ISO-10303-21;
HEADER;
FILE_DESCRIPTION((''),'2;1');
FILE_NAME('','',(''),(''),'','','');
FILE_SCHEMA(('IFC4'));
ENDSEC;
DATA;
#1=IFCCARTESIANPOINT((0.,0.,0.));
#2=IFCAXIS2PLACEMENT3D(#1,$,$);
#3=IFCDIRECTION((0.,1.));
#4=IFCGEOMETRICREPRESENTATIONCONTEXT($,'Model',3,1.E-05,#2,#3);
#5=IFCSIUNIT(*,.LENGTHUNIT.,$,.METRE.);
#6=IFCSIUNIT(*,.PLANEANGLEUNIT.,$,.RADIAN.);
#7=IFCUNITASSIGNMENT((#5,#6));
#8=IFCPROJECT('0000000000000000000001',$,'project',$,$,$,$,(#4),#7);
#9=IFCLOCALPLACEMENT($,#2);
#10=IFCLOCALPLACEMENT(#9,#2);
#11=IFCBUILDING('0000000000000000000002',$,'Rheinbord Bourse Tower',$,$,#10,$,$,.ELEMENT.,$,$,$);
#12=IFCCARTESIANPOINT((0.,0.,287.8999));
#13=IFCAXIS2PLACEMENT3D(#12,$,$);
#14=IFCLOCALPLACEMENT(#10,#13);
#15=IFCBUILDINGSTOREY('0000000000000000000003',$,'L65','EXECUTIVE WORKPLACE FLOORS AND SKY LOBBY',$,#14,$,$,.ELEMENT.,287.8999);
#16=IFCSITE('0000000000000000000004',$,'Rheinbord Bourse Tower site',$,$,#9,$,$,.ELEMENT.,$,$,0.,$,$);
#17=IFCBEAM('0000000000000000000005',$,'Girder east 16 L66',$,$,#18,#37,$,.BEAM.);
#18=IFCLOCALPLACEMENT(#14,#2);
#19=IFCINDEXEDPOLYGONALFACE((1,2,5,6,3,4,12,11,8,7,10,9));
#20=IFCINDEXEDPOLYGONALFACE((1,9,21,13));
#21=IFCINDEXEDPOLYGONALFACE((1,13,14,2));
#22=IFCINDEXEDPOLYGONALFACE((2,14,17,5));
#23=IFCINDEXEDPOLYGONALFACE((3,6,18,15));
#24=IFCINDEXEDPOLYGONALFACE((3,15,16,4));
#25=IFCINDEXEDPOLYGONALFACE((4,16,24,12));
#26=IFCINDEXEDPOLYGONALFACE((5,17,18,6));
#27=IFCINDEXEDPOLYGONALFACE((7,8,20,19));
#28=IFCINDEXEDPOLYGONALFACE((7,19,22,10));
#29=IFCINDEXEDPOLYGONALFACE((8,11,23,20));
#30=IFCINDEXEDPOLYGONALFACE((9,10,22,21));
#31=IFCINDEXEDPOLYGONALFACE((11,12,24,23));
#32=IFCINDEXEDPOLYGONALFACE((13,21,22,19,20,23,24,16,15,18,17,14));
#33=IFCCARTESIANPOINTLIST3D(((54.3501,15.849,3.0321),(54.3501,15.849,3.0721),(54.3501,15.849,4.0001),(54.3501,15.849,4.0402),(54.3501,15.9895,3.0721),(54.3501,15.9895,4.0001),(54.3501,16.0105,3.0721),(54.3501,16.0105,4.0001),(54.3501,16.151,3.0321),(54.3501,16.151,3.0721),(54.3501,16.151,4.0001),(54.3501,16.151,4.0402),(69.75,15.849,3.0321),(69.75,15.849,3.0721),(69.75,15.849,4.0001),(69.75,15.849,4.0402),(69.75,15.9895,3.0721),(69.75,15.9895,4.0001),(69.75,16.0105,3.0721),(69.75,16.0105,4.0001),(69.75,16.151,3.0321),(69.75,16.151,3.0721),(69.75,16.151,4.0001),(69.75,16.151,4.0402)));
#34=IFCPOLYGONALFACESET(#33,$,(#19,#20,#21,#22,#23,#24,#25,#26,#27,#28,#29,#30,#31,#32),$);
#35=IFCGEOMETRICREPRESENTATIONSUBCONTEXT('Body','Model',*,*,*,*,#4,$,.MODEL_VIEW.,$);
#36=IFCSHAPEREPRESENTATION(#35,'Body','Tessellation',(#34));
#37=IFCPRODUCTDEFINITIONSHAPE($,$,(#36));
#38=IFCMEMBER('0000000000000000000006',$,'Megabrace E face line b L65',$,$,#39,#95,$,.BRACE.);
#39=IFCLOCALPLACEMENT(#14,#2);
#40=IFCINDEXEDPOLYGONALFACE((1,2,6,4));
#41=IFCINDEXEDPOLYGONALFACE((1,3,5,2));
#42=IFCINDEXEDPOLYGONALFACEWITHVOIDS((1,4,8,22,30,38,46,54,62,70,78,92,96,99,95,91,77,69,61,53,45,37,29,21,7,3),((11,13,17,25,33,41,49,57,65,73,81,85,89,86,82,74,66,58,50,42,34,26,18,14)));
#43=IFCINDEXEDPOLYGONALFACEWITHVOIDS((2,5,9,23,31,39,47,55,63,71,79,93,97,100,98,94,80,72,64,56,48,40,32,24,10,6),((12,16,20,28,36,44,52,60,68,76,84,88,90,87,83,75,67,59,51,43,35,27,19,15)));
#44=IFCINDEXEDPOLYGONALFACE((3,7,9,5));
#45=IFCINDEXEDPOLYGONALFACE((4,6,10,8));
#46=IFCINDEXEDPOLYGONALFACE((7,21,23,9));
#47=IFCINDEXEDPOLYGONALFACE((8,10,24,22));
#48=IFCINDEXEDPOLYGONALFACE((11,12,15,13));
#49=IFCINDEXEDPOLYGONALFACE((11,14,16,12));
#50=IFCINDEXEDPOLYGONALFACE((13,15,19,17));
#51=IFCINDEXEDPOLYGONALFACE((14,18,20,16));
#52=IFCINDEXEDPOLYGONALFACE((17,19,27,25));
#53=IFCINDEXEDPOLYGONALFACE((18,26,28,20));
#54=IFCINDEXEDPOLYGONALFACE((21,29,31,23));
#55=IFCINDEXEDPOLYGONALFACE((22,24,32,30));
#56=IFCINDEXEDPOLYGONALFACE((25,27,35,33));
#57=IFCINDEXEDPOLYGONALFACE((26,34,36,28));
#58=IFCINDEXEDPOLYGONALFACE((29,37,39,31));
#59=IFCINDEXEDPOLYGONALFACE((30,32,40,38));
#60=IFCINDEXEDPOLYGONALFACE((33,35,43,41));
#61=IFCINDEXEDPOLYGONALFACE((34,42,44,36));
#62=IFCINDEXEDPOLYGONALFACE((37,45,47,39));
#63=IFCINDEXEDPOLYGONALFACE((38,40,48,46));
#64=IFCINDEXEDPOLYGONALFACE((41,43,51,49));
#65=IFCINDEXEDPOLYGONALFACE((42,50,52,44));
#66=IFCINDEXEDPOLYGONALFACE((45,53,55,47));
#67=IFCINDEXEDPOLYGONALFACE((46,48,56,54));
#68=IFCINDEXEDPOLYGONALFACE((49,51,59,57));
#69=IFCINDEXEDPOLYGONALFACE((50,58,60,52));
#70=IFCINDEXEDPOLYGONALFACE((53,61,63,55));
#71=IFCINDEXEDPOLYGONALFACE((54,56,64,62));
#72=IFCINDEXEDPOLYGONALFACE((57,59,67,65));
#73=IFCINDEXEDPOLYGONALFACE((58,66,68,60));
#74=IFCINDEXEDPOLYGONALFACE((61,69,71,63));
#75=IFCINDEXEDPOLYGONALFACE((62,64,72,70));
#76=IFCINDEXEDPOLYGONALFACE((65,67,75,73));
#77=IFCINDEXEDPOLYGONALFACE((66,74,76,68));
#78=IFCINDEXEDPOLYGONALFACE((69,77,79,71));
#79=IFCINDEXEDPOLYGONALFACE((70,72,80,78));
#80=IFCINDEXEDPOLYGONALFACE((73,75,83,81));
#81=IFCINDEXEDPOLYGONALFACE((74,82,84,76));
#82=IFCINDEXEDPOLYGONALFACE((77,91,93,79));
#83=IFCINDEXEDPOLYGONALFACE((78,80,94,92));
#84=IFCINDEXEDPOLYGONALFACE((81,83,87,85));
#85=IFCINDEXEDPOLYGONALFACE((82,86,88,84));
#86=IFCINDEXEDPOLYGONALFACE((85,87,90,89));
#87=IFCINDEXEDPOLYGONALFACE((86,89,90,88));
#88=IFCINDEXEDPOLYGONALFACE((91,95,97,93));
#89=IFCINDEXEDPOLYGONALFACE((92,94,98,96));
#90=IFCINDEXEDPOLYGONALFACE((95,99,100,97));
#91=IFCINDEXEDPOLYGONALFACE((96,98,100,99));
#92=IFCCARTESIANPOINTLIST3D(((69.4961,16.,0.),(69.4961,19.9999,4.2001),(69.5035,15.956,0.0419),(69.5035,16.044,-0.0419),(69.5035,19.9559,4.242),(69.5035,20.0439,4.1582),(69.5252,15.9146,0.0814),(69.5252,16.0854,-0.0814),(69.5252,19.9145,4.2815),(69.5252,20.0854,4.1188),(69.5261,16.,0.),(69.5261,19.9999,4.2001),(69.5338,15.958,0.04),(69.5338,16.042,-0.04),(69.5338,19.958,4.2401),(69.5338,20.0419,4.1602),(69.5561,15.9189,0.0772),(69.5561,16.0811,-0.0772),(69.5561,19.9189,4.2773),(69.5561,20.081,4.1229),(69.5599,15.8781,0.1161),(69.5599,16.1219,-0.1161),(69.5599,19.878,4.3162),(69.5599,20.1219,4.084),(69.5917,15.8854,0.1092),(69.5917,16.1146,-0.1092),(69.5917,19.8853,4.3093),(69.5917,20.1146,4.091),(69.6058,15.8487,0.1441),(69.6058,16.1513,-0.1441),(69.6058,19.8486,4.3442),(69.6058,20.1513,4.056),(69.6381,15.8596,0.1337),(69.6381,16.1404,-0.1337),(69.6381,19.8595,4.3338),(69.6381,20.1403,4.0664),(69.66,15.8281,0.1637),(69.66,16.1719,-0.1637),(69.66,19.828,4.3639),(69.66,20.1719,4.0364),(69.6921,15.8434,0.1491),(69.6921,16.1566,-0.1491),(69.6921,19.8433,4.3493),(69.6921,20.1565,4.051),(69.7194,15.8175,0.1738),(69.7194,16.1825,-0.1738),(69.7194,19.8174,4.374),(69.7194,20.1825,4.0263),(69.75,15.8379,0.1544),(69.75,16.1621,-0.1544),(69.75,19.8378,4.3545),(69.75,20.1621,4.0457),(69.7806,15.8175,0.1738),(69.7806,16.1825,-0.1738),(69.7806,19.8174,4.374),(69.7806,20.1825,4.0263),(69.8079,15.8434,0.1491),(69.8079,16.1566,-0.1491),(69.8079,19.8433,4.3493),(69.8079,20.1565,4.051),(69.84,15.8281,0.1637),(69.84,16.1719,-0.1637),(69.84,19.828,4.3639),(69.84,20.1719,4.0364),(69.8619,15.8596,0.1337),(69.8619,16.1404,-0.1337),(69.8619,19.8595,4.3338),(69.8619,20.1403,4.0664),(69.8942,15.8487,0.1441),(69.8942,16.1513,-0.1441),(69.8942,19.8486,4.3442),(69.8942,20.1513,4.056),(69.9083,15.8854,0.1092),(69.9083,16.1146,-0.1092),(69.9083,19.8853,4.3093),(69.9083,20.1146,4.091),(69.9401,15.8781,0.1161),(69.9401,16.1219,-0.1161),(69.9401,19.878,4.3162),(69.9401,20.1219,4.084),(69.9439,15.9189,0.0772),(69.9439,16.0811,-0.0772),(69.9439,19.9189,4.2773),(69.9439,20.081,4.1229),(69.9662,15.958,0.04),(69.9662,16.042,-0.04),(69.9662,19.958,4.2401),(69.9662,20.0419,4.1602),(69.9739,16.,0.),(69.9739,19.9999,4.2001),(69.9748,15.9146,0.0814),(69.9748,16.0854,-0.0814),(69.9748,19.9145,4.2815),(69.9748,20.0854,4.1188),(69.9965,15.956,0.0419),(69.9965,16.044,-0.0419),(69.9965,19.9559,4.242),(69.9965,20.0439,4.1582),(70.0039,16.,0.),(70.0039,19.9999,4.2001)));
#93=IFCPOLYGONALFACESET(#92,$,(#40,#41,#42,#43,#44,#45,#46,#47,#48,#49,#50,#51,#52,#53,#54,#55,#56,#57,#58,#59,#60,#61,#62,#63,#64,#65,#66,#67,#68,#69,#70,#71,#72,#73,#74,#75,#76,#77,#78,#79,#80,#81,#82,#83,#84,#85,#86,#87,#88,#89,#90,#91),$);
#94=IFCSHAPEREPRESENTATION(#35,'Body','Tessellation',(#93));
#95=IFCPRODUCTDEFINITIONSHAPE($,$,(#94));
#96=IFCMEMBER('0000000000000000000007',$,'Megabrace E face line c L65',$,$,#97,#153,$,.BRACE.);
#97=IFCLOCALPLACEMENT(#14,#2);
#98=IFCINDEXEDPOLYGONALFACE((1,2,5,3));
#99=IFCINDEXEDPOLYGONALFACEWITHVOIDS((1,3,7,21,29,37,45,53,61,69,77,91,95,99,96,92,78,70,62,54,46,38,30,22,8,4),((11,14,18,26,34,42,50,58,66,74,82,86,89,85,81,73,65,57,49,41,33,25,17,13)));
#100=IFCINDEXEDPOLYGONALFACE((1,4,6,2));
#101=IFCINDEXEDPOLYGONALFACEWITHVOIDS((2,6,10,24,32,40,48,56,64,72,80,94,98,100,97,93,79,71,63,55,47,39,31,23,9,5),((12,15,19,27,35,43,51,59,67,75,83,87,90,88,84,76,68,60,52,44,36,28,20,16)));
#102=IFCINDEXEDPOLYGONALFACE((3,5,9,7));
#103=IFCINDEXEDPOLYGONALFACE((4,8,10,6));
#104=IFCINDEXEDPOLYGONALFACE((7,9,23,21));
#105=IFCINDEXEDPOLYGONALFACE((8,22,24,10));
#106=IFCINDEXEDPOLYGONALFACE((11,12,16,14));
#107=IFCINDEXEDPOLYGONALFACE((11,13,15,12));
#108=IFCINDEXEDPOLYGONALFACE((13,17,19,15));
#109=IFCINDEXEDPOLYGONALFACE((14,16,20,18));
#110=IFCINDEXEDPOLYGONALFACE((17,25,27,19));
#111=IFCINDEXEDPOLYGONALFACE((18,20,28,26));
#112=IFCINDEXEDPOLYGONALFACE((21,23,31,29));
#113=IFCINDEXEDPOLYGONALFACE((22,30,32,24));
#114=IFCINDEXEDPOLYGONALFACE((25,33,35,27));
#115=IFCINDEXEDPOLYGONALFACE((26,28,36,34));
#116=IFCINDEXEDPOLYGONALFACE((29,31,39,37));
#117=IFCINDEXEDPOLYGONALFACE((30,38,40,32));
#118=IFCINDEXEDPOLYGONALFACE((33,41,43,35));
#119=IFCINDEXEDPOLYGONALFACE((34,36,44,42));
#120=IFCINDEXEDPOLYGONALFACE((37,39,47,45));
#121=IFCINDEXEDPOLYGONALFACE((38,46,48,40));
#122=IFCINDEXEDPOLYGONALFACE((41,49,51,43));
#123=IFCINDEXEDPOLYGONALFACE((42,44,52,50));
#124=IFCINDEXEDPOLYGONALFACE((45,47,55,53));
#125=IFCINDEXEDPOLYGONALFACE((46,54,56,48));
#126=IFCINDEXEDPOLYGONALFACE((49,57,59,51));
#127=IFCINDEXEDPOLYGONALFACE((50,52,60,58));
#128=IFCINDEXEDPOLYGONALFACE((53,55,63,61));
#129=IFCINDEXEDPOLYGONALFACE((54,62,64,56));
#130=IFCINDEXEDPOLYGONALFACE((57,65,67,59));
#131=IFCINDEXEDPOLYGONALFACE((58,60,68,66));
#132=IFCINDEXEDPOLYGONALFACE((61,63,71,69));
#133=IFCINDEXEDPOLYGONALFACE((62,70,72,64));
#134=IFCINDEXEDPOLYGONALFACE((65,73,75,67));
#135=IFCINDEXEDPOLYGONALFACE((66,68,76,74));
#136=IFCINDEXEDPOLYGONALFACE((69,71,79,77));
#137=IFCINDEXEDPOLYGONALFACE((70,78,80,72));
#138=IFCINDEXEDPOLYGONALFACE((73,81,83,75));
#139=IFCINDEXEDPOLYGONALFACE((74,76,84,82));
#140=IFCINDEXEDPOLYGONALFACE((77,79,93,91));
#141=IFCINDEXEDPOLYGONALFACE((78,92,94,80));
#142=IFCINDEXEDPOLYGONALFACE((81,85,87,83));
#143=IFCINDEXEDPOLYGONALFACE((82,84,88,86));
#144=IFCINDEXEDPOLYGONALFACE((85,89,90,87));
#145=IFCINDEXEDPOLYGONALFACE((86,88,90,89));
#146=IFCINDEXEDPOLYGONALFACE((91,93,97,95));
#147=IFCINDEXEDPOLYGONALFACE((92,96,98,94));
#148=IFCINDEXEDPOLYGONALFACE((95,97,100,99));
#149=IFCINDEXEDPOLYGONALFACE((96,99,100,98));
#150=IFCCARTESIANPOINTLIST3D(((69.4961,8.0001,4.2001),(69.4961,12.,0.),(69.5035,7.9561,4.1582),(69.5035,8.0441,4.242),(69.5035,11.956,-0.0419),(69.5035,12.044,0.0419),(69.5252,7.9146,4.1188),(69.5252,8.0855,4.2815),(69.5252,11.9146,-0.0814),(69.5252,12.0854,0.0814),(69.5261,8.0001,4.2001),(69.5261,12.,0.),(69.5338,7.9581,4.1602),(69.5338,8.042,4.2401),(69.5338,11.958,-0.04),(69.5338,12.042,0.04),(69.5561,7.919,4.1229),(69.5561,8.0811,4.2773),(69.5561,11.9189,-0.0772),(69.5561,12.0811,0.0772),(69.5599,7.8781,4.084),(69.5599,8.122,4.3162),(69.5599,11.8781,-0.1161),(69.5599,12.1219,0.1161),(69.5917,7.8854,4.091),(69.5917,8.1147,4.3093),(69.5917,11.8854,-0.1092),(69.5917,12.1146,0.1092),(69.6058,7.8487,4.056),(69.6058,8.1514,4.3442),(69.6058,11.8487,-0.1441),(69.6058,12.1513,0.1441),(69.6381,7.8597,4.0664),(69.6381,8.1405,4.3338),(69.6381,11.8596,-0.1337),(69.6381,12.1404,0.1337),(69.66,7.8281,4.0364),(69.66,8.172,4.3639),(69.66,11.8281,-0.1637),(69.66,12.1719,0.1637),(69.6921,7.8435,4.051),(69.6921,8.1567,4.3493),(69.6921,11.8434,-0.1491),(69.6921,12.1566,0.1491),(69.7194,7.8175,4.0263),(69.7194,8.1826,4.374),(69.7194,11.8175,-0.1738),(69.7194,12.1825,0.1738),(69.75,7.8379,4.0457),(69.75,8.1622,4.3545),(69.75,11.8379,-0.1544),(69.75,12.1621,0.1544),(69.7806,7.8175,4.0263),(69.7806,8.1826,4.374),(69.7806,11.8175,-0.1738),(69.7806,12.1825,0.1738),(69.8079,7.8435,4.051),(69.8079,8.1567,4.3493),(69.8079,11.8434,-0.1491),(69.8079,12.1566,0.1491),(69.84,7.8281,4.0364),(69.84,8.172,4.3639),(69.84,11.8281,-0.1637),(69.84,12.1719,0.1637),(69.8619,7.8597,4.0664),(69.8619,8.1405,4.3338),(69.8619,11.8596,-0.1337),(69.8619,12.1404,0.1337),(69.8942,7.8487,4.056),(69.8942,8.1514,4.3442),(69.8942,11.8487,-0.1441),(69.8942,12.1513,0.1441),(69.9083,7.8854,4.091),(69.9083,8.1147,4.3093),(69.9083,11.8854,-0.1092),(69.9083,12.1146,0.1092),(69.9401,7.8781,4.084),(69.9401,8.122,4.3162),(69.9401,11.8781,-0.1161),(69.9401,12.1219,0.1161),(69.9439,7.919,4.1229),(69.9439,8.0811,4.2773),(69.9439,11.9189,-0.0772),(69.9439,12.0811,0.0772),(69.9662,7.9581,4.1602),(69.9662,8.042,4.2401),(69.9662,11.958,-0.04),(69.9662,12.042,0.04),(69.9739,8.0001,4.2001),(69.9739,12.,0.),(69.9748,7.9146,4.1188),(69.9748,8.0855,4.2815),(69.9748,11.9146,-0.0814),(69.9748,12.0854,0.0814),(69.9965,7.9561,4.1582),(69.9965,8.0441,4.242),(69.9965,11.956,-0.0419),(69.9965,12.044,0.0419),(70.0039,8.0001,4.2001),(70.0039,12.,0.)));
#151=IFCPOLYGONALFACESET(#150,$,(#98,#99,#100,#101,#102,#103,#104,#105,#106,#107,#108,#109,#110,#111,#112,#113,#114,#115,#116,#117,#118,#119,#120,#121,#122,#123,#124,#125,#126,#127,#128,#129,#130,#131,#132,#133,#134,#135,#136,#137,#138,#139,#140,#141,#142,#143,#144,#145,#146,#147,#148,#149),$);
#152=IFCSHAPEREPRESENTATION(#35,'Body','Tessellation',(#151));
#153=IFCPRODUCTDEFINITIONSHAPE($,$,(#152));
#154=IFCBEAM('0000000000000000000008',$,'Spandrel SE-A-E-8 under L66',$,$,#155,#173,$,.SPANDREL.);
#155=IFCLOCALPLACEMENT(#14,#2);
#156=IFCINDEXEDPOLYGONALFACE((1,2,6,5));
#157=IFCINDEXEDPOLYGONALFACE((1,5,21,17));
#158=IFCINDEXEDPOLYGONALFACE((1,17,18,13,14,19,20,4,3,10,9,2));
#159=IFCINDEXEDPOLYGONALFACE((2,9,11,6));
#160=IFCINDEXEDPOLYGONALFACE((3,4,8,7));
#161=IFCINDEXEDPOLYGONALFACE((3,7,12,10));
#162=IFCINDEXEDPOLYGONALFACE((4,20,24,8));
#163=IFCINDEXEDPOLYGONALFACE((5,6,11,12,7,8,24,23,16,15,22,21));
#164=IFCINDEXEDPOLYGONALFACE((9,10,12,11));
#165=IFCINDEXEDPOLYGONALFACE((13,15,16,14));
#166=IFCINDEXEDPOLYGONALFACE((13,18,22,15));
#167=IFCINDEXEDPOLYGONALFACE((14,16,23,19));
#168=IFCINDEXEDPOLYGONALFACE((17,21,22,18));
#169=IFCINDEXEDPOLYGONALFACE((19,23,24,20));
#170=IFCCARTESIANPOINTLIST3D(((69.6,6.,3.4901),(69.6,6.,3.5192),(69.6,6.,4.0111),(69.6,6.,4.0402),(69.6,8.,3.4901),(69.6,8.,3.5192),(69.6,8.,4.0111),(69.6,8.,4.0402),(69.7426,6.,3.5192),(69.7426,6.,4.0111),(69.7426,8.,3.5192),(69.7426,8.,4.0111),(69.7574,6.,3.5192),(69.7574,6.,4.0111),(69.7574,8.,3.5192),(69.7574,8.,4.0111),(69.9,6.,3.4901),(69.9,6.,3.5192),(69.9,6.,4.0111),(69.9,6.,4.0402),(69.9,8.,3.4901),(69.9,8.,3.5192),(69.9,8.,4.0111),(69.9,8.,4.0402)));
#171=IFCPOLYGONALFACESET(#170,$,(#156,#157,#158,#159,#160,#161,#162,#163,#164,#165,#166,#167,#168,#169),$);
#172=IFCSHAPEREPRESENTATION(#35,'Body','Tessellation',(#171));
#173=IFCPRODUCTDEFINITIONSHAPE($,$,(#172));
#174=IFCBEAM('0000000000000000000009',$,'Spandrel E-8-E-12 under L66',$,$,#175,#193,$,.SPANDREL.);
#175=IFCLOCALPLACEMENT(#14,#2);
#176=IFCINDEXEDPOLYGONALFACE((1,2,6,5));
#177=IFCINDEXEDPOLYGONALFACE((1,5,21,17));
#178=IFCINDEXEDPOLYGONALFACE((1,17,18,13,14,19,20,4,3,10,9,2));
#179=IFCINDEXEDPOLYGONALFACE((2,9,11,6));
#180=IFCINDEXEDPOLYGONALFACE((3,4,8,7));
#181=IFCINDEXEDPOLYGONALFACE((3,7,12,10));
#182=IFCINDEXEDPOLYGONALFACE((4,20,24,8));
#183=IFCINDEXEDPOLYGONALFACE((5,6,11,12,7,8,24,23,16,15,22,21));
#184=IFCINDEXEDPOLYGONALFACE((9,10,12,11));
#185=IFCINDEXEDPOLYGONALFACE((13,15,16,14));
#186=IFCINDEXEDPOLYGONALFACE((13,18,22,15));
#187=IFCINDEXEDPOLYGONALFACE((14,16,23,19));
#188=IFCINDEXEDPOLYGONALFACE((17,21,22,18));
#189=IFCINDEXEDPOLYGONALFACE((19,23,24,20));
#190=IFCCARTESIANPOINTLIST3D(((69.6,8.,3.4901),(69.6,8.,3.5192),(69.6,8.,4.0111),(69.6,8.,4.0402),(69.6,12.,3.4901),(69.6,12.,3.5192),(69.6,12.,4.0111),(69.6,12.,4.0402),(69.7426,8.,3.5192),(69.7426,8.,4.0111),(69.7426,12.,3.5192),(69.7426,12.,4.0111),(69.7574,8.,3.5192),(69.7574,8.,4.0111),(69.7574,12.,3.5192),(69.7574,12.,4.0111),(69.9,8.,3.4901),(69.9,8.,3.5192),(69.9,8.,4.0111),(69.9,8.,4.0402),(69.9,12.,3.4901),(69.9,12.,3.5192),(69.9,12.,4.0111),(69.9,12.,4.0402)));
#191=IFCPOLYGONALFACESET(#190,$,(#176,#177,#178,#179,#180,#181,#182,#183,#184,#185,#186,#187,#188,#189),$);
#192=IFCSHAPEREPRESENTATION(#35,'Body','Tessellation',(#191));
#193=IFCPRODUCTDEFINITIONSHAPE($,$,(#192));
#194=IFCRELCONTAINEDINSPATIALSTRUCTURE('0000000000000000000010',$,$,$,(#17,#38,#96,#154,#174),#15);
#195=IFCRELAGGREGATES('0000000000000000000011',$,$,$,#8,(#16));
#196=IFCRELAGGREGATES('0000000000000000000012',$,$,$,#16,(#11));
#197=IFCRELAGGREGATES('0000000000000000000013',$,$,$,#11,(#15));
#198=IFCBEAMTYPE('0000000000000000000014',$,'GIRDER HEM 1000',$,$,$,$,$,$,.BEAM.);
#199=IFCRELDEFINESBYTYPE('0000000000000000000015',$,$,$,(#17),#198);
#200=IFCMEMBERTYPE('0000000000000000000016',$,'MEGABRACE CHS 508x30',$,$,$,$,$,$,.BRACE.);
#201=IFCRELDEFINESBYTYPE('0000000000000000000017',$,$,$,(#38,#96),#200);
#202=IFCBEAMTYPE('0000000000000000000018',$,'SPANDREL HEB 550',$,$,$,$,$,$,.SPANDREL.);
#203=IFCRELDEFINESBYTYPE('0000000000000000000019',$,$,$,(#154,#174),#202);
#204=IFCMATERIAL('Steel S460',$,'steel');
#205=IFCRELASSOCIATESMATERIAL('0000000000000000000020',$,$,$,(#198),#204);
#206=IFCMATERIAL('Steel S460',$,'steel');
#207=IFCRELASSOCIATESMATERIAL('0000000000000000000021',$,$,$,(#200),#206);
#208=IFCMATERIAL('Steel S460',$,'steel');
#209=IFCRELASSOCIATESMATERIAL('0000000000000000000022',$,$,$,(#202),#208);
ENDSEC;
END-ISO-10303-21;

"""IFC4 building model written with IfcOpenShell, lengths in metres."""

from ifc_helpers import new_model, si_unit, direction, frame, origin, origin_2d, place, context, subcontext, project, spatial, hollow_circle, i_section, extrude, material, material_profile, profile_set, type_object, element, save


model = new_model("IFC4")

# Units and contexts
model_context = context("Model", 3, precision=1e-05, world=origin(), true_north=direction((0.0, 1.0)))
body_context = subcontext(model_context, "Body", "Model", "MODEL_VIEW")
ifc_project = project(units=[si_unit("LENGTHUNIT", "METRE"), si_unit("PLANEANGLEUNIT", "RADIAN")], contexts=[model_context])

# Site, building, storey
site_placement = place(None, origin())
site = spatial("IfcSite", under=ifc_project, at=site_placement, Name="Rheinbord Bourse Tower site", CompositionType="ELEMENT", RefElevation=0.0)
building_placement = place(site_placement, origin())
building = spatial("IfcBuilding", under=site, at=building_placement, Name="Rheinbord Bourse Tower", CompositionType="ELEMENT")
storey_placement = place(building_placement, frame((0.0, 0.0, 287.8999)))
storey = spatial("IfcBuildingStorey", under=building, at=storey_placement, Name="L65", Description="EXECUTIVE WORKPLACE FLOORS AND SKY LOBBY", CompositionType="ELEMENT", Elevation=287.8999)

# Beam
ifc_material_1 = material(Name="Steel S460", Category="steel")
ifc_material_profile_1 = material_profile(ifc_material_1, i_section(OverallWidth=0.302, OverallDepth=1.0081, WebThickness=0.021, FlangeThickness=0.04, at=origin_2d()), Name="HEM 1000")
ifc_profile_set_1 = profile_set([ifc_material_profile_1], Name="Steel S460")
beam_type_1 = type_object("IfcBeamType", Name="GIRDER HEM 1000", PredefinedType="BEAM", material=ifc_profile_set_1)
beam_1_placement = place(storey_placement, frame((54.3501, 16.0, 3.5361), z_axis=(1.0, 0.0, 0.0), x_axis=(0.0, 1.0, 0.0)))
element("IfcBeam", 1, at=beam_1_placement, inside=storey, type_object=beam_type_1, Name="Girder east 16 L66", PredefinedType="BEAM", context=body_context, shape_type="SweptSolid", body=[
    extrude(i_section(OverallWidth=0.302, OverallDepth=1.0081, WebThickness=0.021, FlangeThickness=0.04, at=origin_2d()), origin(), (0.0, 0.0, 1.0), 15.3999),
])

# Members
ifc_material_2 = material(Name="Steel S460", Category="steel")
ifc_material_profile_2 = material_profile(ifc_material_2, hollow_circle(Radius=0.2539, WallThickness=0.03, at=origin_2d()), Name="CHS 508x30")
ifc_profile_set_2 = profile_set([ifc_material_profile_2], Name="Steel S460")
member_type_1 = type_object("IfcMemberType", Name="MEGABRACE CHS 508x30", PredefinedType="BRACE", material=ifc_profile_set_2)
for number, where, z_axis, x_axis, name in (
    (2, (69.75, 16.0, 0.0), (0.0, 0.689638, 0.724154), (-1.0, 0.0, 0.0), "Megabrace E face line b L65"),
    (3, (69.75, 12.0, 0.0), (0.0, -0.689638, 0.724154), (1.0, 0.0, 0.0), "Megabrace E face line c L65"),
):
    element("IfcMember", number, at=place(storey_placement, frame(where, z_axis=z_axis, x_axis=x_axis)), inside=storey, type_object=member_type_1, Name=name, PredefinedType="BRACE", context=body_context, shape_type="SweptSolid", body=[
        extrude(hollow_circle(Radius=0.2539, WallThickness=0.03, at=origin_2d()), origin(), (0.0, 0.0, 1.0), 5.8),
    ])

# Beams
ifc_material_3 = material(Name="Steel S460", Category="steel")
ifc_material_profile_3 = material_profile(ifc_material_3, i_section(OverallWidth=0.3, OverallDepth=0.55, WebThickness=0.0149, FlangeThickness=0.0291, at=origin_2d()), Name="HEB 550")
ifc_profile_set_3 = profile_set([ifc_material_profile_3], Name="Steel S460")
beam_type_2 = type_object("IfcBeamType", Name="SPANDREL HEB 550", PredefinedType="SPANDREL", material=ifc_profile_set_3)
beam_2_placement = place(storey_placement, frame((69.75, 6.0, 3.7651), z_axis=(0.0, 1.0, 0.0), x_axis=(-1.0, 0.0, 0.0)))
element("IfcBeam", 4, at=beam_2_placement, inside=storey, type_object=beam_type_2, Name="Spandrel SE-A-E-8 under L66", PredefinedType="SPANDREL", context=body_context, shape_type="SweptSolid", body=[
    extrude(i_section(OverallWidth=0.3, OverallDepth=0.55, WebThickness=0.0149, FlangeThickness=0.0291, at=origin_2d()), origin(), (0.0, 0.0, 1.0), 2.0),
])
for number, where, z_axis, x_axis, name in (
    (5, (69.75, 8.0, 3.7651), (0.0, 1.0, 0.0), (-1.0, 0.0, 0.0), "Spandrel E-8-E-12 under L66"),
):
    element("IfcBeam", number, at=place(storey_placement, frame(where, z_axis=z_axis, x_axis=x_axis)), inside=storey, type_object=beam_type_2, Name=name, PredefinedType="SPANDREL", context=body_context, shape_type="SweptSolid", body=[
        extrude(i_section(OverallWidth=0.3, OverallDepth=0.55, WebThickness=0.0149, FlangeThickness=0.0291, at=origin_2d()), origin(), (0.0, 0.0, 1.0), 4.0),
    ])

save(model, "model.ifc")
